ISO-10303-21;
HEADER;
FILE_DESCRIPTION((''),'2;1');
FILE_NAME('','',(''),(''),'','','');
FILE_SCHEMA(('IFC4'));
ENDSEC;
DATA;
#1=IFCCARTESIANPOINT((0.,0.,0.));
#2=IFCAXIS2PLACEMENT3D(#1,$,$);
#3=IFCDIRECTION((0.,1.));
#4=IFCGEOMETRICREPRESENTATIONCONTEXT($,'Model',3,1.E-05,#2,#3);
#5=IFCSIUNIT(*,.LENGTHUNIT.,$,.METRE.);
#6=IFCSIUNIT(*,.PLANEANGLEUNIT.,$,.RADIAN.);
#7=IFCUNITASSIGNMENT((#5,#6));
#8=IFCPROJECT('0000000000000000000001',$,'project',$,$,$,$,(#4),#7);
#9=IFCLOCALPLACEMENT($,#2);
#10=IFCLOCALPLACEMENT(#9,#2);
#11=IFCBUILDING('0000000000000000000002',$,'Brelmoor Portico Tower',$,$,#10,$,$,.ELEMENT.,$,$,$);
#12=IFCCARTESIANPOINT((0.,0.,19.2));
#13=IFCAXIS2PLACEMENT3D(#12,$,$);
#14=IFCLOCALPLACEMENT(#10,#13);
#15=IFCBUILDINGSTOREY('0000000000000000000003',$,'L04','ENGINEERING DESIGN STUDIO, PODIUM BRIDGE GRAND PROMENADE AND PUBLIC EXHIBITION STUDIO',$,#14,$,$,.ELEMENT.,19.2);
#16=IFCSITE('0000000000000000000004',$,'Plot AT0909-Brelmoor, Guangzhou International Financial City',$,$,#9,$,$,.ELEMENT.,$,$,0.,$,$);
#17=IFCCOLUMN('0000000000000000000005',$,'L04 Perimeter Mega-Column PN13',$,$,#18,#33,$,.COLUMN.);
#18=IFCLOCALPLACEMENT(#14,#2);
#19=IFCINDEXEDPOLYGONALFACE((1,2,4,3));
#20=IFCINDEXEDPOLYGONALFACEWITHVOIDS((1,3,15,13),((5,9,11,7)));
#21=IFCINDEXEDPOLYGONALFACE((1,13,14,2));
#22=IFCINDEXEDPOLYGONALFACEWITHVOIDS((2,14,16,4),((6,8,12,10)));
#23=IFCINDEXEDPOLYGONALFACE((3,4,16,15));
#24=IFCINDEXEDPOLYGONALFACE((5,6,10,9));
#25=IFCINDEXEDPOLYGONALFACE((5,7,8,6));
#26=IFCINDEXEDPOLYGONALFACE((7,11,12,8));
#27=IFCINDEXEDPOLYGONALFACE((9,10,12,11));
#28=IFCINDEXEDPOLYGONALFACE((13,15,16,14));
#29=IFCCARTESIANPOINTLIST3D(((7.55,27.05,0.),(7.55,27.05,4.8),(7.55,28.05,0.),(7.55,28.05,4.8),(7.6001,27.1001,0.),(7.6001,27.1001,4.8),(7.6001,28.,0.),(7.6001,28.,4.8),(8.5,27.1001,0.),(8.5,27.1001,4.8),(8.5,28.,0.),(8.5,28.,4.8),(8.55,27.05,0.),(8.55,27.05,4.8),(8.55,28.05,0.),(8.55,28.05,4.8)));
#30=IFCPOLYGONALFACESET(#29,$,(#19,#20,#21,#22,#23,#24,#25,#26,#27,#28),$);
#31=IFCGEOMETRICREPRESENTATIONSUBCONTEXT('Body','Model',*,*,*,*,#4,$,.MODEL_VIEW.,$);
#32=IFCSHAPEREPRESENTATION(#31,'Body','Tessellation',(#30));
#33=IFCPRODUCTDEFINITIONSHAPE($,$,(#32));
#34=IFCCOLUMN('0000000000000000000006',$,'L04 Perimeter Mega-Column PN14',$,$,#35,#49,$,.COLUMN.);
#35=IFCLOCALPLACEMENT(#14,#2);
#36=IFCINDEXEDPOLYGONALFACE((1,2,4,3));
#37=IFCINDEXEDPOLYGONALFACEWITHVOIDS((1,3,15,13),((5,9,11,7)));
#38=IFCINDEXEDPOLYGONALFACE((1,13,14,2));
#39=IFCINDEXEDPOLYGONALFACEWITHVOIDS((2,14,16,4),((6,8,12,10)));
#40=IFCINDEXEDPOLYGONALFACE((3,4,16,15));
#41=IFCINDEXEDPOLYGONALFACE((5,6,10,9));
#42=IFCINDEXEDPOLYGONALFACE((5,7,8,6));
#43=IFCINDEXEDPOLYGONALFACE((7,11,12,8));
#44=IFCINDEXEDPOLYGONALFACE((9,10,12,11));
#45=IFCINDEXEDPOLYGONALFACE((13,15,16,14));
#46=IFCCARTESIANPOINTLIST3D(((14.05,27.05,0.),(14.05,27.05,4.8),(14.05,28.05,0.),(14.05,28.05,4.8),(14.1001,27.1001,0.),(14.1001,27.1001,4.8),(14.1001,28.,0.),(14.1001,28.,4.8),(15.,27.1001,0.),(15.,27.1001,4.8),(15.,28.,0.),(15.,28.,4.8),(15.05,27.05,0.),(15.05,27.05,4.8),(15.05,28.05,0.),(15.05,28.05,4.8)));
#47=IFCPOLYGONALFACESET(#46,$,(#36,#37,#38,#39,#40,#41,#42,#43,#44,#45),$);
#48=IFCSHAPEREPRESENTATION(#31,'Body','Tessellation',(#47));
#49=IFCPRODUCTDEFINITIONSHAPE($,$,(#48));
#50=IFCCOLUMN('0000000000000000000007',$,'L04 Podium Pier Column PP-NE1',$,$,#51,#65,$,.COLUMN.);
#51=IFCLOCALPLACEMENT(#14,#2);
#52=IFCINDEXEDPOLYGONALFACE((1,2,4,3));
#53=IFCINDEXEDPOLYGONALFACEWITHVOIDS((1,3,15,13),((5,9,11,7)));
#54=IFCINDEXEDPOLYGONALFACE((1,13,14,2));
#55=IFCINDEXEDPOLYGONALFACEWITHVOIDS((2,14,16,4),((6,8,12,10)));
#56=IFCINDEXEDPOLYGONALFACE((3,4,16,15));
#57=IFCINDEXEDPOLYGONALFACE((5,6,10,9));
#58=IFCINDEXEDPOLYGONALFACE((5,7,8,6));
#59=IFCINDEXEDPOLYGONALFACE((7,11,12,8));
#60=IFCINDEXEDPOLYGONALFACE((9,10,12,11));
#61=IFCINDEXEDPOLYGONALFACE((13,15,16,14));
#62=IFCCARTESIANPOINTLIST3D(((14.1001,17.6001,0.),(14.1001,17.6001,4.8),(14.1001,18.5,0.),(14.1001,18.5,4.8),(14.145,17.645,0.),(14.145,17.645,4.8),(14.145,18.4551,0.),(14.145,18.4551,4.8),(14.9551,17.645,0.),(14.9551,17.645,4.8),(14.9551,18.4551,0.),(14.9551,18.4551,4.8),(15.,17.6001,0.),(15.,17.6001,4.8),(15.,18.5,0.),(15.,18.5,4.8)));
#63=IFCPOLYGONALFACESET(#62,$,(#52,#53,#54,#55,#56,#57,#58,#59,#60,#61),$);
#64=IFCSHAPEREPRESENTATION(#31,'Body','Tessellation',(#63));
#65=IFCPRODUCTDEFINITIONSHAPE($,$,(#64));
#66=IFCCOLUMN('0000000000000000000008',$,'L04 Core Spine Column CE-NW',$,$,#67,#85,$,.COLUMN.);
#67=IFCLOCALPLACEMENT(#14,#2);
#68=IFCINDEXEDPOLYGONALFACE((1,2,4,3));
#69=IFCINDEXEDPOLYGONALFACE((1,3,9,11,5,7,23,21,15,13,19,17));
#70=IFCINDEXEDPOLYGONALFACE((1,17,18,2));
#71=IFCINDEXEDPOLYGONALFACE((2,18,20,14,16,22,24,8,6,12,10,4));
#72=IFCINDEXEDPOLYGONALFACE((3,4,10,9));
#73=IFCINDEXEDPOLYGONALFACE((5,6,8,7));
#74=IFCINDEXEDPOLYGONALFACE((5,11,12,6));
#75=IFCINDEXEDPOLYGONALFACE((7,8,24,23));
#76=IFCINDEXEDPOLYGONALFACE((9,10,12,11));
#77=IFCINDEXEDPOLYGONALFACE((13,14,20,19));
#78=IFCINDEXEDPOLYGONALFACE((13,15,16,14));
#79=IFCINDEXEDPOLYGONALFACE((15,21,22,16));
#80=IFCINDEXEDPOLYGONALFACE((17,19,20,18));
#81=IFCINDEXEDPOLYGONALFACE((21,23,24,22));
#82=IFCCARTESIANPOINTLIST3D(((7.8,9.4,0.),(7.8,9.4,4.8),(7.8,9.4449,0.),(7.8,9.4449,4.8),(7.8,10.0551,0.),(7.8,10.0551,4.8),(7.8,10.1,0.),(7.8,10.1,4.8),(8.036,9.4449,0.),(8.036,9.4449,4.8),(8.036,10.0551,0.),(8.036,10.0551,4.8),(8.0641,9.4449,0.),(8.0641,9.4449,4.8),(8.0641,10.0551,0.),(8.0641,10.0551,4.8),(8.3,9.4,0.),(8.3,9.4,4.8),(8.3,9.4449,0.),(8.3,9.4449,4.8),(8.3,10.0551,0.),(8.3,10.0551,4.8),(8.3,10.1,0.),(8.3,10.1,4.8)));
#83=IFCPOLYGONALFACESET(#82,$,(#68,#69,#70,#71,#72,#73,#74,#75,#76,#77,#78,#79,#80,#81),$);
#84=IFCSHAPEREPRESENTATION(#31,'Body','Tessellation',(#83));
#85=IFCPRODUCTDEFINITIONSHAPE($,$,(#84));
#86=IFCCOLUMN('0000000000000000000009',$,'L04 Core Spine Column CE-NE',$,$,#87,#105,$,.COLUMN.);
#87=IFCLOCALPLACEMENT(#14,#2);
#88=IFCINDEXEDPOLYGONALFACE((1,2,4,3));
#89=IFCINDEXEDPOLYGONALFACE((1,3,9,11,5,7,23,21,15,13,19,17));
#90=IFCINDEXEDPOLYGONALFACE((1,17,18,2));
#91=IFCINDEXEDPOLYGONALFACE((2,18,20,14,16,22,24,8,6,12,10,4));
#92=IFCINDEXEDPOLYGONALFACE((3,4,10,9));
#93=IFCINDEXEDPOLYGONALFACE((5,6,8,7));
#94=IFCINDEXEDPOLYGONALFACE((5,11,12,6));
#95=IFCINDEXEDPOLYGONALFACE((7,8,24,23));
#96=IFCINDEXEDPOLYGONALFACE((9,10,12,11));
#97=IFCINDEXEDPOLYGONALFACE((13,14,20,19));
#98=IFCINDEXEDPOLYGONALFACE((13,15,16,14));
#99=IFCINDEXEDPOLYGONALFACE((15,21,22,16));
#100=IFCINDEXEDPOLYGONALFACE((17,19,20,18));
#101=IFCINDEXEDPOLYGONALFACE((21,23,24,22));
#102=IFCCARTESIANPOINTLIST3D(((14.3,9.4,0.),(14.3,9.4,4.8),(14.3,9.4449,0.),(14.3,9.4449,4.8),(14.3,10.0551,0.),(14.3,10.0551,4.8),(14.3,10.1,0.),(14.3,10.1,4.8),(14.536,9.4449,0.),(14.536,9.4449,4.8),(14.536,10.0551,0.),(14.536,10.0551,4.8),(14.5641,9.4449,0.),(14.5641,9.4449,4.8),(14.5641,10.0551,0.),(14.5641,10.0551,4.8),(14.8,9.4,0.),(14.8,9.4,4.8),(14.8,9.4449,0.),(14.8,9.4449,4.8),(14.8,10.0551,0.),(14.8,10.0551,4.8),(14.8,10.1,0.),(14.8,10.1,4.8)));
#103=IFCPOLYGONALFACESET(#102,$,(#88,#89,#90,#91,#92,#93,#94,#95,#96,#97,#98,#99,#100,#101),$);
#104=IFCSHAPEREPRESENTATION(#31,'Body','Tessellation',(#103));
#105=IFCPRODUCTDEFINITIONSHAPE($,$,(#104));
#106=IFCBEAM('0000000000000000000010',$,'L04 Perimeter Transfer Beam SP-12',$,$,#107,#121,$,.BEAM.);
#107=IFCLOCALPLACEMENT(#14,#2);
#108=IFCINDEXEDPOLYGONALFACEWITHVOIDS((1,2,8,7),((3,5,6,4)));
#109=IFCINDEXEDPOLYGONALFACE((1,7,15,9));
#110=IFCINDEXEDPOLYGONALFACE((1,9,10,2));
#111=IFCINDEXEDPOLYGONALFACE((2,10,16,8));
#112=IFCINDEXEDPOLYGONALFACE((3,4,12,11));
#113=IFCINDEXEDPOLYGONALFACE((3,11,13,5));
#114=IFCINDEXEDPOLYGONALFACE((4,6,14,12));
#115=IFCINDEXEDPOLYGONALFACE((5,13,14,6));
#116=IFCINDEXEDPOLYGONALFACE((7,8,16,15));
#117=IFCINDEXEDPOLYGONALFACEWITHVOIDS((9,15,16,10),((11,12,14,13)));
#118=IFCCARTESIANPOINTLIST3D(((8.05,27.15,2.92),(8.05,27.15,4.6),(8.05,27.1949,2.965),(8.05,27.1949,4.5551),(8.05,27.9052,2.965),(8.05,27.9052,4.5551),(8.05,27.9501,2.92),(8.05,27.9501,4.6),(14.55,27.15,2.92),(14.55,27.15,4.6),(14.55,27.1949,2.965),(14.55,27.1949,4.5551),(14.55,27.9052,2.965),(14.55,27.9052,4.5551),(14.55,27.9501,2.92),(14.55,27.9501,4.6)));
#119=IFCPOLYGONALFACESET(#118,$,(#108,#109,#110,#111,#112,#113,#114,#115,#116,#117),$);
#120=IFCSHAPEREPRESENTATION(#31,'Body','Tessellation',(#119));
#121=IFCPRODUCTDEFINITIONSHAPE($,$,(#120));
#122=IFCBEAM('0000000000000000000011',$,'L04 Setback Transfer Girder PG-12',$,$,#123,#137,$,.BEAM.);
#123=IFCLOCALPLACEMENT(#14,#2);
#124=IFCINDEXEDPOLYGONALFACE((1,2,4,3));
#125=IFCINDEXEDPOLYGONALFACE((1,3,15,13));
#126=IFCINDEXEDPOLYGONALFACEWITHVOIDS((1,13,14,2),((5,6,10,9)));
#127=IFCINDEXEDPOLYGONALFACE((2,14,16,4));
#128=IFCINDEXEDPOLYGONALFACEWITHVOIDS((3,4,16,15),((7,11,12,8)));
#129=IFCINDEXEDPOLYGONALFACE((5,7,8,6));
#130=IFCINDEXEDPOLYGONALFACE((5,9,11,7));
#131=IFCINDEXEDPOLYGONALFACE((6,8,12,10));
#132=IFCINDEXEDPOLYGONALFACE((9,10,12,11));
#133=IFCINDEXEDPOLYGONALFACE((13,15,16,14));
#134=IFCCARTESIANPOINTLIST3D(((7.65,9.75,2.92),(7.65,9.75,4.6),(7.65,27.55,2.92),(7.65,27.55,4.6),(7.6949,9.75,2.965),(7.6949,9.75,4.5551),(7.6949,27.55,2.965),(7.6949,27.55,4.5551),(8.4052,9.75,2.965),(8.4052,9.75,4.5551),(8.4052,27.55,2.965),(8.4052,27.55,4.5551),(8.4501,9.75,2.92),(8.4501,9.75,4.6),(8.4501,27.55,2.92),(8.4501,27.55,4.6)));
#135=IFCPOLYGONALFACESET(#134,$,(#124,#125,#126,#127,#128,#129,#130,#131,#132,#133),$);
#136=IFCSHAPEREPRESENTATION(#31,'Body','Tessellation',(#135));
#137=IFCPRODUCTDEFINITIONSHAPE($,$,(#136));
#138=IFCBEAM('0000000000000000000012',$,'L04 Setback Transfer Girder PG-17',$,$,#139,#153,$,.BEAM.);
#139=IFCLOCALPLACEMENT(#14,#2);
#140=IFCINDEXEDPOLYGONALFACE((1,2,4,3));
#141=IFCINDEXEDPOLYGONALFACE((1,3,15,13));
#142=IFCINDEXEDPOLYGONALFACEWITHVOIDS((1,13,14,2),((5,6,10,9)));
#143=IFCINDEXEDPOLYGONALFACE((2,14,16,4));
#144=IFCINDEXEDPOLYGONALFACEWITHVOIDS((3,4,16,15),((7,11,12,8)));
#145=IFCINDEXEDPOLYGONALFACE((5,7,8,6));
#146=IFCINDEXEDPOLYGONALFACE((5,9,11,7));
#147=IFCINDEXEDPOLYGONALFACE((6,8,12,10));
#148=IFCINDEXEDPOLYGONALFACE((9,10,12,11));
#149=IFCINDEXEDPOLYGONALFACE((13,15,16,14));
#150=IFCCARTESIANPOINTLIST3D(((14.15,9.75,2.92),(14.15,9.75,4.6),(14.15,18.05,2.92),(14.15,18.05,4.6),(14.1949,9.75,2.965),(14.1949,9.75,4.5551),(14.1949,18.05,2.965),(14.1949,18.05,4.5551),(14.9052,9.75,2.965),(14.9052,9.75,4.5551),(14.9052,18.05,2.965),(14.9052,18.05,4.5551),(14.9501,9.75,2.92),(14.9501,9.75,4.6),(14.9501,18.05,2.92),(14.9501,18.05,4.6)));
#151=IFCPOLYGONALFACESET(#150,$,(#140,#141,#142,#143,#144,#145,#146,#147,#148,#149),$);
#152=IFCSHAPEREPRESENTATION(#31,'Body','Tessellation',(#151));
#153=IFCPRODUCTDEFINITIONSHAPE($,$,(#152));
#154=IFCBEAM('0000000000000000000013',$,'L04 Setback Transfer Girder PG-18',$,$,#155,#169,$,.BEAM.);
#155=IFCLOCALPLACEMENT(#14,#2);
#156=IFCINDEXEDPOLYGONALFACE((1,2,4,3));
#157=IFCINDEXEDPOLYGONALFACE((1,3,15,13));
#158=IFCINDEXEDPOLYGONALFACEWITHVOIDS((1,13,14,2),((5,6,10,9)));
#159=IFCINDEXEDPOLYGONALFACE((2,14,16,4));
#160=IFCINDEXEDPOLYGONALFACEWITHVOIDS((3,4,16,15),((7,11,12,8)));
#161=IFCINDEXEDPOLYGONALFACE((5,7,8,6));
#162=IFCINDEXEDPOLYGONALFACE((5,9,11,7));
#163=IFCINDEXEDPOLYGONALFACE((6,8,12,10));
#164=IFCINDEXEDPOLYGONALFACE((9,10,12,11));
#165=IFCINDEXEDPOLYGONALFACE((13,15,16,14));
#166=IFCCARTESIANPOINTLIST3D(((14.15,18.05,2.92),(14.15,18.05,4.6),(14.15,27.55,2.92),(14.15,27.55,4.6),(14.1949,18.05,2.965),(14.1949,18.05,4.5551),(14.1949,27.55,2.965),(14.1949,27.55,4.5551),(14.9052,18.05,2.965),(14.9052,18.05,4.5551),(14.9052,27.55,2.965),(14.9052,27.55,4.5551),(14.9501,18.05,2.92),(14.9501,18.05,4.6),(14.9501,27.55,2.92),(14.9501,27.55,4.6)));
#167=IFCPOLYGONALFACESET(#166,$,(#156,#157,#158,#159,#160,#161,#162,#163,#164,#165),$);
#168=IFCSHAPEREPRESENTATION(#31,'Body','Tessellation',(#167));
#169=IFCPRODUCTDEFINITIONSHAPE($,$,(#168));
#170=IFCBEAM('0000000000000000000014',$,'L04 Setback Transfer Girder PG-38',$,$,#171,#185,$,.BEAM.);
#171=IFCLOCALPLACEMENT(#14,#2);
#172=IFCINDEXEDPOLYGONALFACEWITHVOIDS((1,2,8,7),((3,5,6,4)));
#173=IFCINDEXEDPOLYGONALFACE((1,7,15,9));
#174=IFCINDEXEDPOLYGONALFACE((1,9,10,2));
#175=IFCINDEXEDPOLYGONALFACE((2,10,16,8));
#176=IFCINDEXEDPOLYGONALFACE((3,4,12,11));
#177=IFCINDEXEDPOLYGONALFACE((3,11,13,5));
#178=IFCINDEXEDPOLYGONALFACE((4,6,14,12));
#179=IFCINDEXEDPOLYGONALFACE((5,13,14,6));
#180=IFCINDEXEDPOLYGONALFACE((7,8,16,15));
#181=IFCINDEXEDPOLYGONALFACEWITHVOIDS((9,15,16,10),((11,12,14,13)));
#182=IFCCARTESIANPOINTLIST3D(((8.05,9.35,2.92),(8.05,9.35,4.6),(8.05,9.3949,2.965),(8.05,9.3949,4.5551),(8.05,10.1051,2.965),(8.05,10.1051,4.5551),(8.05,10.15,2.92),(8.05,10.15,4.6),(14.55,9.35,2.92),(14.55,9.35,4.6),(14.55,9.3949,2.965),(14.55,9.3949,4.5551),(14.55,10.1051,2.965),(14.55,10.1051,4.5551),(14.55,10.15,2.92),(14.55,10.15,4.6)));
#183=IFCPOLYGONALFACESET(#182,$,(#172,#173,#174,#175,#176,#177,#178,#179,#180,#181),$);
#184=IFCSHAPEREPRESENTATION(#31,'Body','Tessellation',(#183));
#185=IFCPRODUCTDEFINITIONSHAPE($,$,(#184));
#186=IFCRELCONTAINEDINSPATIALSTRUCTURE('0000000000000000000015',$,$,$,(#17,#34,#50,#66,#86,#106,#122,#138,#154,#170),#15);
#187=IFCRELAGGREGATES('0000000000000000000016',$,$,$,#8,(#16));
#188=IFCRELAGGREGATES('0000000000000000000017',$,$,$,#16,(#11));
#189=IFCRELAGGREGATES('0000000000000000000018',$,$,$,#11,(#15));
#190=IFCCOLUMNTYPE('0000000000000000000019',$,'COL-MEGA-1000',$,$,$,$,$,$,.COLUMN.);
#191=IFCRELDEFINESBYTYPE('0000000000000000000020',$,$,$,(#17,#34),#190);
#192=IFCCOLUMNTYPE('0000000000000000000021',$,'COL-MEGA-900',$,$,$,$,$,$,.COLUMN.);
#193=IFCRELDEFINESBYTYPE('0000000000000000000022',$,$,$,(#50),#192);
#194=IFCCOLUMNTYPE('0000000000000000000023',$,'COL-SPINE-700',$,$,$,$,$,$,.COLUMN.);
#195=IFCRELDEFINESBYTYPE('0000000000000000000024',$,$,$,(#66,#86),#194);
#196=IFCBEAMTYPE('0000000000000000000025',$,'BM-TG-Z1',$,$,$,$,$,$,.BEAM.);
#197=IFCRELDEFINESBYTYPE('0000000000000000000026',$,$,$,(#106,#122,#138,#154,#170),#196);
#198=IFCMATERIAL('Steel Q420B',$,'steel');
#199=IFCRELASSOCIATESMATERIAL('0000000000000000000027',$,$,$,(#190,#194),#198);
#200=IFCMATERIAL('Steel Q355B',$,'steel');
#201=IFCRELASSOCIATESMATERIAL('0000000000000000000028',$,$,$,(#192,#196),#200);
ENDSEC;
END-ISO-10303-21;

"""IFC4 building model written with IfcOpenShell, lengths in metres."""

from ifc_helpers import new_model, si_unit, direction, frame, origin, origin_2d, place, context, subcontext, project, spatial, hollow_rectangle, i_section, extrude, material, material_profile, profile_set, type_object, element, save


model = new_model("IFC4")

# Units and contexts
model_context = context("Model", 3, precision=1e-05, world=origin(), true_north=direction((0.0, 1.0)))
body_context = subcontext(model_context, "Body", "Model", "MODEL_VIEW")
ifc_project = project(units=[si_unit("LENGTHUNIT", "METRE"), si_unit("PLANEANGLEUNIT", "RADIAN")], contexts=[model_context])

# Site, building, storey
site_placement = place(None, origin())
site = spatial("IfcSite", under=ifc_project, at=site_placement, Name="Plot AT0909-Brelmoor, Guangzhou International Financial City", CompositionType="ELEMENT", RefElevation=0.0)
building_placement = place(site_placement, origin())
building = spatial("IfcBuilding", under=site, at=building_placement, Name="Brelmoor Portico Tower", CompositionType="ELEMENT")
storey_placement = place(building_placement, frame((0.0, 0.0, 19.2)))
storey = spatial("IfcBuildingStorey", under=building, at=storey_placement, Name="L04", Description="ENGINEERING DESIGN STUDIO, PODIUM BRIDGE GRAND PROMENADE AND PUBLIC EXHIBITION STUDIO", CompositionType="ELEMENT", Elevation=19.2)

# Columns
ifc_material_1 = material(Name="Steel Q420B", Category="steel")
ifc_material_profile_1 = material_profile(ifc_material_1, hollow_rectangle(XDim=1.0, YDim=1.0, WallThickness=0.05, at=origin_2d()), Name="BOX 1000x1000x50")
ifc_profile_set_1 = profile_set([ifc_material_profile_1], Name="Steel Q420B")
column_type_1 = type_object("IfcColumnType", Name="COL-MEGA-1000", PredefinedType="COLUMN", material=ifc_profile_set_1)
for number, where, z_axis, x_axis, name in (
    (1, (8.05, 27.55, 0.0), (0.0, 0.0, 1.0), (1.0, 0.0, 0.0), "L04 Perimeter Mega-Column PN13"),
    (2, (14.55, 27.55, 0.0), (0.0, 0.0, 1.0), (1.0, 0.0, 0.0), "L04 Perimeter Mega-Column PN14"),
):
    element("IfcColumn", number, at=place(storey_placement, frame(where, z_axis=z_axis, x_axis=x_axis)), inside=storey, type_object=column_type_1, Name=name, PredefinedType="COLUMN", context=body_context, shape_type="SweptSolid", body=[
        extrude(hollow_rectangle(XDim=1.0, YDim=1.0, WallThickness=0.05, at=origin_2d()), origin(), (0.0, 0.0, 1.0), 4.8),
    ])
ifc_material_2 = material(Name="Steel Q355B", Category="steel")
ifc_material_profile_2 = material_profile(ifc_material_2, hollow_rectangle(XDim=0.8999, YDim=0.8999, WallThickness=0.0449, at=origin_2d()), Name="BOX 900x900x45")
ifc_profile_set_2 = profile_set([ifc_material_profile_2], Name="Steel Q355B")
column_type_2 = type_object("IfcColumnType", Name="COL-MEGA-900", PredefinedType="COLUMN", material=ifc_profile_set_2)
column_placement = place(storey_placement, frame((14.55, 18.05, 0.0), z_axis=(0.0, 0.0, 1.0), x_axis=(1.0, 0.0, 0.0)))
element("IfcColumn", 3, at=column_placement, inside=storey, type_object=column_type_2, Name="L04 Podium Pier Column PP-NE1", PredefinedType="COLUMN", context=body_context, shape_type="SweptSolid", body=[
    extrude(hollow_rectangle(XDim=0.8999, YDim=0.8999, WallThickness=0.0449, at=origin_2d()), origin(), (0.0, 0.0, 1.0), 4.8),
])
ifc_material_profile_3 = material_profile(ifc_material_1, i_section(OverallWidth=0.5, OverallDepth=0.7, WebThickness=0.0281, FlangeThickness=0.0449, at=origin_2d()), Name="HW 700x500x28x45")
ifc_profile_set_3 = profile_set([ifc_material_profile_3], Name="Steel Q420B")
column_type_3 = type_object("IfcColumnType", Name="COL-SPINE-700", PredefinedType="COLUMN", material=ifc_profile_set_3)
for number, where, z_axis, x_axis, name in (
    (4, (8.05, 9.75, 0.0), (0.0, 0.0, 1.0), (1.0, 0.0, 0.0), "L04 Core Spine Column CE-NW"),
    (5, (14.55, 9.75, 0.0), (0.0, 0.0, 1.0), (1.0, 0.0, 0.0), "L04 Core Spine Column CE-NE"),
):
    element("IfcColumn", number, at=place(storey_placement, frame(where, z_axis=z_axis, x_axis=x_axis)), inside=storey, type_object=column_type_3, Name=name, PredefinedType="COLUMN", context=body_context, shape_type="SweptSolid", body=[
        extrude(i_section(OverallWidth=0.5, OverallDepth=0.7, WebThickness=0.0281, FlangeThickness=0.0449, at=origin_2d()), origin(), (0.0, 0.0, 1.0), 4.8),
    ])

# Beams
ifc_material_profile_4 = material_profile(ifc_material_2, hollow_rectangle(XDim=0.8, YDim=1.6799, WallThickness=0.0449, at=origin_2d()), Name="BOX 800x1680x45")
ifc_profile_set_4 = profile_set([ifc_material_profile_4], Name="Steel Q355B")
beam_type = type_object("IfcBeamType", Name="BM-TG-Z1", PredefinedType="BEAM", material=ifc_profile_set_4)
beam_1_placement = place(storey_placement, frame((8.05, 27.55, 3.76), z_axis=(1.0, 0.0, 0.0), x_axis=(0.0, 1.0, 0.0)))
element("IfcBeam", 6, at=beam_1_placement, inside=storey, type_object=beam_type, Name="L04 Perimeter Transfer Beam SP-12", PredefinedType="BEAM", context=body_context, shape_type="SweptSolid", body=[
    extrude(hollow_rectangle(XDim=0.8, YDim=1.6799, WallThickness=0.0449, at=origin_2d()), origin(), (0.0, 0.0, 1.0), 6.5),
])
beam_2_placement = place(storey_placement, frame((8.05, 9.75, 3.76), z_axis=(0.0, 1.0, 0.0), x_axis=(-1.0, 0.0, 0.0)))
element("IfcBeam", 7, at=beam_2_placement, inside=storey, type_object=beam_type, Name="L04 Setback Transfer Girder PG-12", PredefinedType="BEAM", context=body_context, shape_type="SweptSolid", body=[
    extrude(hollow_rectangle(XDim=0.8, YDim=1.6799, WallThickness=0.0449, at=origin_2d()), origin(), (0.0, 0.0, 1.0), 17.8),
])
beam_3_placement = place(storey_placement, frame((14.55, 9.75, 3.76), z_axis=(0.0, 1.0, 0.0), x_axis=(-1.0, 0.0, 0.0)))
element("IfcBeam", 8, at=beam_3_placement, inside=storey, type_object=beam_type, Name="L04 Setback Transfer Girder PG-17", PredefinedType="BEAM", context=body_context, shape_type="SweptSolid", body=[
    extrude(hollow_rectangle(XDim=0.8, YDim=1.6799, WallThickness=0.0449, at=origin_2d()), origin(), (0.0, 0.0, 1.0), 8.3),
])
beam_4_placement = place(storey_placement, frame((14.55, 18.05, 3.76), z_axis=(0.0, 1.0, 0.0), x_axis=(-1.0, 0.0, 0.0)))
element("IfcBeam", 9, at=beam_4_placement, inside=storey, type_object=beam_type, Name="L04 Setback Transfer Girder PG-18", PredefinedType="BEAM", context=body_context, shape_type="SweptSolid", body=[
    extrude(hollow_rectangle(XDim=0.8, YDim=1.6799, WallThickness=0.0449, at=origin_2d()), origin(), (0.0, 0.0, 1.0), 9.5),
])
beam_5_placement = place(storey_placement, frame((8.05, 9.75, 3.76), z_axis=(1.0, 0.0, 0.0), x_axis=(0.0, 1.0, 0.0)))
element("IfcBeam", 10, at=beam_5_placement, inside=storey, type_object=beam_type, Name="L04 Setback Transfer Girder PG-38", PredefinedType="BEAM", context=body_context, shape_type="SweptSolid", body=[
    extrude(hollow_rectangle(XDim=0.8, YDim=1.6799, WallThickness=0.0449, at=origin_2d()), origin(), (0.0, 0.0, 1.0), 6.5),
])

save(model, "model.ifc")
